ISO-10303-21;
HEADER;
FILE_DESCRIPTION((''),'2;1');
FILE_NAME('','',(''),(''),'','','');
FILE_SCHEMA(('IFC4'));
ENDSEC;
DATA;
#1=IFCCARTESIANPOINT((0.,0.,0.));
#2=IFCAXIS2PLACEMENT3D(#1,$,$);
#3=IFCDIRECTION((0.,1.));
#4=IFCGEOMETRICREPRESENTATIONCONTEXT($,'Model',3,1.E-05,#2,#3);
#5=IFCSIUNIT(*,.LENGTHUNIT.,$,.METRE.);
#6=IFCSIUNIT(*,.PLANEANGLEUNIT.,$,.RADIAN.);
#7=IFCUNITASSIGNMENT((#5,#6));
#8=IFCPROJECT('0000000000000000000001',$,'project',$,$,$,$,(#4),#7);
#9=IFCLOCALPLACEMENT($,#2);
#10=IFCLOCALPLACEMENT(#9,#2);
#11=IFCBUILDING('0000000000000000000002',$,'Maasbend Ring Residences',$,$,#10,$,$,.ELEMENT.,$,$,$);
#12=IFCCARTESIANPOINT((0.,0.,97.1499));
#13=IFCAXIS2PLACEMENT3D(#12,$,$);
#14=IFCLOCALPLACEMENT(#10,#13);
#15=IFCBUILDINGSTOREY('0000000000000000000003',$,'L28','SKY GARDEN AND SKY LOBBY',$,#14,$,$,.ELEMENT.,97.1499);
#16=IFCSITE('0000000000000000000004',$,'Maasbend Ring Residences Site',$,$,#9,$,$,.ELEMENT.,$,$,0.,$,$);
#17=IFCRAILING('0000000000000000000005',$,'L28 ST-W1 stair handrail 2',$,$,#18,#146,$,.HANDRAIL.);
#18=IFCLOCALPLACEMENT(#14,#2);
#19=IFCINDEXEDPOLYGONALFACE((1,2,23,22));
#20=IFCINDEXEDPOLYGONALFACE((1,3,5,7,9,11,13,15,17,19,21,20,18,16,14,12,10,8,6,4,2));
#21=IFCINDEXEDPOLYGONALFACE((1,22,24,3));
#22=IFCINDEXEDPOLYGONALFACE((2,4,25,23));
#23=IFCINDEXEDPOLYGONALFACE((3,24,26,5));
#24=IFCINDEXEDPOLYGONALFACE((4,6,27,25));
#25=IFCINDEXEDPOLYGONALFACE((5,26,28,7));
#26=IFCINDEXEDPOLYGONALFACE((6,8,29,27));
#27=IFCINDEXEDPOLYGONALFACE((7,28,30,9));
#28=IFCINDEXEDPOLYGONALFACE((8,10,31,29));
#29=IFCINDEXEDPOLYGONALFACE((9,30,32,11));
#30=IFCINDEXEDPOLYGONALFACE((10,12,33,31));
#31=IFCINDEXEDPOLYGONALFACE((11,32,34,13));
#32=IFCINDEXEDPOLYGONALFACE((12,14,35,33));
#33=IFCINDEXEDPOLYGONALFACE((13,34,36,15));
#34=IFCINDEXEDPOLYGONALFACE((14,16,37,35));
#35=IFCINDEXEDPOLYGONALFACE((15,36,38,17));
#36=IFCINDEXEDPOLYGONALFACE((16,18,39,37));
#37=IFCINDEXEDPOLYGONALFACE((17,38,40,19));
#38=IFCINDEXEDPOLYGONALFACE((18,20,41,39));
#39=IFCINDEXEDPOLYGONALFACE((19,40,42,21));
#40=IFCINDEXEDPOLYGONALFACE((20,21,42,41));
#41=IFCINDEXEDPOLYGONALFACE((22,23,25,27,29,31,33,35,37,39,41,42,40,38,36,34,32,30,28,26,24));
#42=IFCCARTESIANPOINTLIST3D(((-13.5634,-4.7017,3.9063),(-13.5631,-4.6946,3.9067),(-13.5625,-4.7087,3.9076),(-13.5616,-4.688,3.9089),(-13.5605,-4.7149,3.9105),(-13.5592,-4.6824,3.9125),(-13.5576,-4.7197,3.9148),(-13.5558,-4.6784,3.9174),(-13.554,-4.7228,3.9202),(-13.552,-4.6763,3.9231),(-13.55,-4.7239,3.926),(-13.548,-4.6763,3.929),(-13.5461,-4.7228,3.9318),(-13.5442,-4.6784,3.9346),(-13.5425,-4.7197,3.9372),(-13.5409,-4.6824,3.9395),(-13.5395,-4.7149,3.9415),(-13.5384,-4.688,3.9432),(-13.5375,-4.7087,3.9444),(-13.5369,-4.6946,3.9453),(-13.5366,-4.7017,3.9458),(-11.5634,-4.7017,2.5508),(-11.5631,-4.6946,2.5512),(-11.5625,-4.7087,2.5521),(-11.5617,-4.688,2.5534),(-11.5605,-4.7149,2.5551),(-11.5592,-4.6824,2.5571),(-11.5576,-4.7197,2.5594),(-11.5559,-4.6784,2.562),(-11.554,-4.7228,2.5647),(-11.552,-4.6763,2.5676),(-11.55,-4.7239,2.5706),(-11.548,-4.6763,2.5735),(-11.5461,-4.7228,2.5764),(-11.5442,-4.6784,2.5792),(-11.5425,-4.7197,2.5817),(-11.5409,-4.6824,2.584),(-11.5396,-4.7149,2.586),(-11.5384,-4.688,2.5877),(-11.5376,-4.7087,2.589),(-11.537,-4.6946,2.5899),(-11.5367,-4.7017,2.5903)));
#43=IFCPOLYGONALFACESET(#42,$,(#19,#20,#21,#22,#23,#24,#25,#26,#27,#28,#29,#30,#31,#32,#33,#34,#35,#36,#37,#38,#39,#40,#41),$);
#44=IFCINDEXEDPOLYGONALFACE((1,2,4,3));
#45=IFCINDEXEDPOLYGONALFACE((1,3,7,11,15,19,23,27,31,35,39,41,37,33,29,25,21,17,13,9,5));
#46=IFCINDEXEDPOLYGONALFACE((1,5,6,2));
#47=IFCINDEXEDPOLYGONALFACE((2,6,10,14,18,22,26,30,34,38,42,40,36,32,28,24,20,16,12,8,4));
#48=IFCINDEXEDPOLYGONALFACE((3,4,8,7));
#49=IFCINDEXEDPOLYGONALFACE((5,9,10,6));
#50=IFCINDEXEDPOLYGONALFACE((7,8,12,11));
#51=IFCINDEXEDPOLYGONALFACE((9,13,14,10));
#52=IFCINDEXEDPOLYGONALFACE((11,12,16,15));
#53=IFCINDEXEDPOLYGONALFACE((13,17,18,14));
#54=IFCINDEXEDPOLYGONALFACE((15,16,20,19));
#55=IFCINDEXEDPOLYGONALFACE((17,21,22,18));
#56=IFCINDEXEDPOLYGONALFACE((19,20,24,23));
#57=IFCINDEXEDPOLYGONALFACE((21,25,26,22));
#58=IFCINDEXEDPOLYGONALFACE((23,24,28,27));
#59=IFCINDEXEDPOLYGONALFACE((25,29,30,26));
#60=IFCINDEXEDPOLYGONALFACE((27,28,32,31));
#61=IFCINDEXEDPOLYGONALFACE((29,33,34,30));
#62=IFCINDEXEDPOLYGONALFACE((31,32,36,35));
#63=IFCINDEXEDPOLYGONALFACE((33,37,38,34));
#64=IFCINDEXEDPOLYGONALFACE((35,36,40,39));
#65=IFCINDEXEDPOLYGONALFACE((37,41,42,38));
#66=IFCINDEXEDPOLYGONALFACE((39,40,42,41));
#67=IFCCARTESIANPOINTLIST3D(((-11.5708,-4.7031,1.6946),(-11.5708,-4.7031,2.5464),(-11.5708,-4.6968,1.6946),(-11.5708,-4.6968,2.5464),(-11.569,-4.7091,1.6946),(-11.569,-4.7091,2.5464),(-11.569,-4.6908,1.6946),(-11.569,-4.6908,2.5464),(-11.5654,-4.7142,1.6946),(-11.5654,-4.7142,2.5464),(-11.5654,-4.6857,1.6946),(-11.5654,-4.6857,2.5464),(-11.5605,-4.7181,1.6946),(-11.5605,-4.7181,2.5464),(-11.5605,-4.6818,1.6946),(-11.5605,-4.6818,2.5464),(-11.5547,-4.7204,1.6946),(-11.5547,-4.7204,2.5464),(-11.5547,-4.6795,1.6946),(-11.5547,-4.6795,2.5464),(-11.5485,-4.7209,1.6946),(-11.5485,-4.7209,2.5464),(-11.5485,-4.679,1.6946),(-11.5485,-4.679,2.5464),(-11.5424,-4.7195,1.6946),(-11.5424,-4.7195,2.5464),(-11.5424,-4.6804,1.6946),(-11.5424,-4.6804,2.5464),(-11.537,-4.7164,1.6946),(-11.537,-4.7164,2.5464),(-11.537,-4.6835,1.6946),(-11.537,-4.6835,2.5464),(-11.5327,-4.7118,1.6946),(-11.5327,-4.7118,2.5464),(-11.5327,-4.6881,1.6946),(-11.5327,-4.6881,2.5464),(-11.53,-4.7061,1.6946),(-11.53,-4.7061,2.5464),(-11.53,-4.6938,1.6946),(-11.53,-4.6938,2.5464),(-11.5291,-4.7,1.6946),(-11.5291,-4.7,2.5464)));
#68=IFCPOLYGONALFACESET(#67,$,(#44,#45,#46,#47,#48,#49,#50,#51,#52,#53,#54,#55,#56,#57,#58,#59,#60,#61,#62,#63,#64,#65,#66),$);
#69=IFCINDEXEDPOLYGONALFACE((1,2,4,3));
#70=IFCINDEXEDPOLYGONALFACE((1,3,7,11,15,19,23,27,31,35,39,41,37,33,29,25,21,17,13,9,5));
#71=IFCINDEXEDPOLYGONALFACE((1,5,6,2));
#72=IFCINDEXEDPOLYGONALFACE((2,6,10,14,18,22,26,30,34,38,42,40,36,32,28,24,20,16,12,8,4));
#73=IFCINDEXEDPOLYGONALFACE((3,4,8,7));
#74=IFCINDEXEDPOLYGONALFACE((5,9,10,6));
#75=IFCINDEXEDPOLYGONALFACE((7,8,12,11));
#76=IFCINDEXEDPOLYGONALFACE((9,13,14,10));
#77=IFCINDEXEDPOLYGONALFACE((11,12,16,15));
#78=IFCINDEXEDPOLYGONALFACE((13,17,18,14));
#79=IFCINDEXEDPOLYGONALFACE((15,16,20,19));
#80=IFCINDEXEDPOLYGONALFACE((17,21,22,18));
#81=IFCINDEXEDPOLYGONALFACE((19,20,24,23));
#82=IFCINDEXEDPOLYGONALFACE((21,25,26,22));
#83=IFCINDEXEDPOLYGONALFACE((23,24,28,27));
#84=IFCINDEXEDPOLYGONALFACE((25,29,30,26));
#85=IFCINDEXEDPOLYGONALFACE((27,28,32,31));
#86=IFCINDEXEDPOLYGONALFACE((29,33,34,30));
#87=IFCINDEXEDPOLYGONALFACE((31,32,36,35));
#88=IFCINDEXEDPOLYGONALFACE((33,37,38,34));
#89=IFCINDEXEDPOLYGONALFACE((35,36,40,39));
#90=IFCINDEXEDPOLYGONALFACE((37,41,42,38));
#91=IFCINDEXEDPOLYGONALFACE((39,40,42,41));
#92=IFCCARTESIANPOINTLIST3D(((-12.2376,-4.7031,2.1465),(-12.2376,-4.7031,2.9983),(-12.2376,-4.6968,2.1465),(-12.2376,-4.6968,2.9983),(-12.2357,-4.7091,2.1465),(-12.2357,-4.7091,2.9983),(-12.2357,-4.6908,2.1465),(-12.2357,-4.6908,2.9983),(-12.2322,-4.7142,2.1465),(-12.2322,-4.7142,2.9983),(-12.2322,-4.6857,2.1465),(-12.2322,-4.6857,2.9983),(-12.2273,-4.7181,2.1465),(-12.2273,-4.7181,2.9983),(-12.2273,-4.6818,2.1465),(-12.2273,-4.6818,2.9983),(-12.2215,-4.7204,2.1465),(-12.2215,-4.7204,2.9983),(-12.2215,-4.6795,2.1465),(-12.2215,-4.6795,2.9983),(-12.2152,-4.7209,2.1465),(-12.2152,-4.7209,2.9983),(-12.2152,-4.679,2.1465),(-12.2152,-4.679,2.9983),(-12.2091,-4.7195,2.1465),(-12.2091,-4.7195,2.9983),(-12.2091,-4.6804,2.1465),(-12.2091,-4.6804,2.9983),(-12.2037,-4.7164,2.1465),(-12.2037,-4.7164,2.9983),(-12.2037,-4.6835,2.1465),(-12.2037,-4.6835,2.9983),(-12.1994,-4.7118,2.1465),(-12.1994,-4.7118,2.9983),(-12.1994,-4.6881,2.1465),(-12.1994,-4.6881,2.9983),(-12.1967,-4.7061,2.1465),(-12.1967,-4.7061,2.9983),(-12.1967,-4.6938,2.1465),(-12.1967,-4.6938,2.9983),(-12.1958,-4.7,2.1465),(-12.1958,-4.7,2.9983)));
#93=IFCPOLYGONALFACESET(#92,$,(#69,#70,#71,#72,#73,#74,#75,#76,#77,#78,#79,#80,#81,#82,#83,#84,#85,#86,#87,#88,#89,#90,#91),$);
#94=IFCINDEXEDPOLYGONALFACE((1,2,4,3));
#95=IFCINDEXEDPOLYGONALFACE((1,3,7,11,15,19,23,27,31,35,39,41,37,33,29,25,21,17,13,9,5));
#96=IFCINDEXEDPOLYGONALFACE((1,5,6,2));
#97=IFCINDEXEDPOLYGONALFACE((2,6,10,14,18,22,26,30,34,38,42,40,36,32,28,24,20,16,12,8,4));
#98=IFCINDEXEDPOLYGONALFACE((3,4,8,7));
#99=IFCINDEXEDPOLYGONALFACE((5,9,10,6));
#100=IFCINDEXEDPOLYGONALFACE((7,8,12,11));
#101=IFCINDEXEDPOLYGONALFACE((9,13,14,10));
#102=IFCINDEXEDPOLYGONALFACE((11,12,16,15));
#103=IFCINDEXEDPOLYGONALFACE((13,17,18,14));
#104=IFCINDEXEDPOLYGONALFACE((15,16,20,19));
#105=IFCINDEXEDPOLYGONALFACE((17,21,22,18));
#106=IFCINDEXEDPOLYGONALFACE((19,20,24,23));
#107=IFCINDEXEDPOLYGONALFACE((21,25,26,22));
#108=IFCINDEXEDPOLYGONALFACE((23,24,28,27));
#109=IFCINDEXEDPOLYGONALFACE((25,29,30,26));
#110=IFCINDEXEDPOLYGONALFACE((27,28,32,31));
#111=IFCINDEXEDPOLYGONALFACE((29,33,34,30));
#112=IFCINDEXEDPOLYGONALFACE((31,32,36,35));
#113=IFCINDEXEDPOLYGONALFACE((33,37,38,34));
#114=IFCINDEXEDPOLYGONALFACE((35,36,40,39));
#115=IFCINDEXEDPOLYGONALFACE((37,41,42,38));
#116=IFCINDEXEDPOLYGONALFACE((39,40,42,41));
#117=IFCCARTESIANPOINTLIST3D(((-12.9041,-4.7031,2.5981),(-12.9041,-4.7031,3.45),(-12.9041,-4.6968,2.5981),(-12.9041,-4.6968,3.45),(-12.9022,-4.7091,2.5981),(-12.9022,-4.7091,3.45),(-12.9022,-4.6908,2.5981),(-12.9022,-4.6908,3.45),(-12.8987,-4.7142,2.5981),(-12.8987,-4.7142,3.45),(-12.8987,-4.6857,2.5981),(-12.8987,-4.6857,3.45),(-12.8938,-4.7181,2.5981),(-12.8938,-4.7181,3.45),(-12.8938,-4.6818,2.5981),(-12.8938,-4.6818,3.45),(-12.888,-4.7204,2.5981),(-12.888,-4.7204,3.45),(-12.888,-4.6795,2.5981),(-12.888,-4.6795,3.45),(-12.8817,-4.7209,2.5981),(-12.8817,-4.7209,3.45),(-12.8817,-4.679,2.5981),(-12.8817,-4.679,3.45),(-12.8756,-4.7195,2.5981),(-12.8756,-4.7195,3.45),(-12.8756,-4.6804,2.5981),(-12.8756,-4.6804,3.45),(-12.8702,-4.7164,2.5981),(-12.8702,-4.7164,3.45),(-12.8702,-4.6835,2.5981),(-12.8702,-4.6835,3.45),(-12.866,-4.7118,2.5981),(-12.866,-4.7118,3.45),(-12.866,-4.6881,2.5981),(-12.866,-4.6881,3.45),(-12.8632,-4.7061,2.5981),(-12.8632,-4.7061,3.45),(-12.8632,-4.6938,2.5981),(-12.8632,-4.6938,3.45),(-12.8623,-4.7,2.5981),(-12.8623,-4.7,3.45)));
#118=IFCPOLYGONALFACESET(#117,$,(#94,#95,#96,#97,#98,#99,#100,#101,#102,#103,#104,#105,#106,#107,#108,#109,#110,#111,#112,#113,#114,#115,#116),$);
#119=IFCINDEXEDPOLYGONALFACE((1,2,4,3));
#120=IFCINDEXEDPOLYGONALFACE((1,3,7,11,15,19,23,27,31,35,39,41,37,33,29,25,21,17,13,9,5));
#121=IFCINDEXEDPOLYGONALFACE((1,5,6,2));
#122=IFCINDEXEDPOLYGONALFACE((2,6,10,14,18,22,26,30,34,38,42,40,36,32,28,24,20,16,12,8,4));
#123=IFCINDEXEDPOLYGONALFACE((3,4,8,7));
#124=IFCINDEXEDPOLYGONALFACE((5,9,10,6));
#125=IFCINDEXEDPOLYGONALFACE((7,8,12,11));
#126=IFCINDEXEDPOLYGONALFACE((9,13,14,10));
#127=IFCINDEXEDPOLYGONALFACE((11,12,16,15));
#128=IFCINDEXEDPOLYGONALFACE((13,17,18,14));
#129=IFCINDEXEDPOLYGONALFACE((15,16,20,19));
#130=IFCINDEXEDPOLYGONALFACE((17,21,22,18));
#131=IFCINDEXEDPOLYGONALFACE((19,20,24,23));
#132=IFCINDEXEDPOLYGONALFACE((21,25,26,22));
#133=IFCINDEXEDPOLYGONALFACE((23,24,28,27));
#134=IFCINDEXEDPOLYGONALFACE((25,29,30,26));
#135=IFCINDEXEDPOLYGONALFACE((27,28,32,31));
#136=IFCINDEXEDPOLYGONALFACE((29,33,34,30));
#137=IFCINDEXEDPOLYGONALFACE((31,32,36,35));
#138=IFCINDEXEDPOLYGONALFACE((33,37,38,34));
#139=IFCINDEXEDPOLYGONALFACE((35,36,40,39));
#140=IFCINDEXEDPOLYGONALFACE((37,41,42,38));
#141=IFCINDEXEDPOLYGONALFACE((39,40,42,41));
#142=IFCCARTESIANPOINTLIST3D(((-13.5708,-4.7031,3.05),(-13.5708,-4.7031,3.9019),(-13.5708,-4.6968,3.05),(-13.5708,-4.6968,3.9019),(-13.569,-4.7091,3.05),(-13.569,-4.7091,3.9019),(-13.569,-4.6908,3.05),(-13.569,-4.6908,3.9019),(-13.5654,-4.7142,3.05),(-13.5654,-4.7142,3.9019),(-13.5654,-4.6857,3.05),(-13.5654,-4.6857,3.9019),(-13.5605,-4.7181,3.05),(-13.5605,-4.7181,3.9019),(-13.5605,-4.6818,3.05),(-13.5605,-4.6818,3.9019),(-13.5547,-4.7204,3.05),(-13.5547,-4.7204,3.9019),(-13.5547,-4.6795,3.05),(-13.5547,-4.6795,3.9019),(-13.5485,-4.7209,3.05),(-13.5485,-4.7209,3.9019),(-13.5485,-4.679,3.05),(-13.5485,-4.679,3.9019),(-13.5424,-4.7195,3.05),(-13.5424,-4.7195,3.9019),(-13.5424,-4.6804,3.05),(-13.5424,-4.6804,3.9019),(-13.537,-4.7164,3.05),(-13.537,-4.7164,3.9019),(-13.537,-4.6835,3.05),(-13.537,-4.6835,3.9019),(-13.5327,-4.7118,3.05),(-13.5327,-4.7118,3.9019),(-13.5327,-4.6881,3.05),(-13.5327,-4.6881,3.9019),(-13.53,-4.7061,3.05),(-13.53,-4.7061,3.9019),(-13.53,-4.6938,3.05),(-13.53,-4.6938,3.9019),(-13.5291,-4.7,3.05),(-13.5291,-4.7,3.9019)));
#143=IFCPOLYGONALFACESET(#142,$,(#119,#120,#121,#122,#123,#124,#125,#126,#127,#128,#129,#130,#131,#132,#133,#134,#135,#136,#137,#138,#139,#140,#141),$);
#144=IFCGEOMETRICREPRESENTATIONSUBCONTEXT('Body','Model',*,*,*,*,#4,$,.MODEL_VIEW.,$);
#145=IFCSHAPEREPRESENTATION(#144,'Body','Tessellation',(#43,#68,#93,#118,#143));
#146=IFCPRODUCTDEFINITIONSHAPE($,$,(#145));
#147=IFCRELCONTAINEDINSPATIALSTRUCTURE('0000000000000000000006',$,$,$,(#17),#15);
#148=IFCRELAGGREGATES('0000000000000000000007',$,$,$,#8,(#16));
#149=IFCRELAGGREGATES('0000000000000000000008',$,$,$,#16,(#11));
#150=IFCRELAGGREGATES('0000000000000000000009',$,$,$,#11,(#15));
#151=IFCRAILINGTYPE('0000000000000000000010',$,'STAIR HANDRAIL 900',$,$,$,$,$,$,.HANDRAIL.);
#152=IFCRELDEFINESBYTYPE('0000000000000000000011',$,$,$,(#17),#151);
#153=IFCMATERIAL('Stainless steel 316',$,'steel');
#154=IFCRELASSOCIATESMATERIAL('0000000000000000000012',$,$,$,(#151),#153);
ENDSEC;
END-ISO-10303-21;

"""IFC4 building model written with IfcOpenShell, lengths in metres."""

from ifc_helpers import new_model, si_unit, direction, frame, origin, origin_2d, place, context, subcontext, project, spatial, circle, extrude, material, type_object, element, save


model = new_model("IFC4")

# Units and contexts
model_context = context("Model", 3, precision=1e-05, world=origin(), true_north=direction((0.0, 1.0)))
body_context = subcontext(model_context, "Body", "Model", "MODEL_VIEW")
ifc_project = project(units=[si_unit("LENGTHUNIT", "METRE"), si_unit("PLANEANGLEUNIT", "RADIAN")], contexts=[model_context])

# Site, building, storey
site_placement = place(None, origin())
site = spatial("IfcSite", under=ifc_project, at=site_placement, Name="Maasbend Ring Residences Site", CompositionType="ELEMENT", RefElevation=0.0)
building_placement = place(site_placement, origin())
building = spatial("IfcBuilding", under=site, at=building_placement, Name="Maasbend Ring Residences", CompositionType="ELEMENT")
storey_placement = place(building_placement, frame((0.0, 0.0, 97.1499)))
storey = spatial("IfcBuildingStorey", under=building, at=storey_placement, Name="L28", Description="SKY GARDEN AND SKY LOBBY", CompositionType="ELEMENT", Elevation=97.1499)

# Railing
ifc_material_1 = material(Name="Stainless steel 316", Category="steel")
railing_type_1 = type_object("IfcRailingType", Name="STAIR HANDRAIL 900", PredefinedType="HANDRAIL", material=ifc_material_1)
railing_1_placement = place(storey_placement, frame((-11.55, -4.7, 1.6946)))
element("IfcRailing", 1, at=railing_1_placement, inside=storey, type_object=railing_type_1, Name="L28 ST-W1 stair handrail 2", PredefinedType="HANDRAIL", context=body_context, shape_type="SweptSolid", body=[
    extrude(circle(Radius=0.0239, at=origin_2d()), frame((0.0, 0.0, 0.876), z_axis=(-0.827798, 0.0, 0.561027), x_axis=(0.0, -1.0, 0.0)), (0.0, 0.0, 1.0), 2.416),
    extrude(circle(Radius=0.021, at=origin_2d()), origin(), (0.0, 0.0, 1.0), 0.8518),
    extrude(circle(Radius=0.021, at=origin_2d()), frame((-0.6667, 0.0, 0.4519)), (0.0, 0.0, 1.0), 0.8518),
    extrude(circle(Radius=0.021, at=origin_2d()), frame((-1.3333, 0.0, 0.9036)), (0.0, 0.0, 1.0), 0.8518),
    extrude(circle(Radius=0.021, at=origin_2d()), frame((-2.0, 0.0, 1.3555)), (0.0, 0.0, 1.0), 0.8518),
])

save(model, "model.ifc")
